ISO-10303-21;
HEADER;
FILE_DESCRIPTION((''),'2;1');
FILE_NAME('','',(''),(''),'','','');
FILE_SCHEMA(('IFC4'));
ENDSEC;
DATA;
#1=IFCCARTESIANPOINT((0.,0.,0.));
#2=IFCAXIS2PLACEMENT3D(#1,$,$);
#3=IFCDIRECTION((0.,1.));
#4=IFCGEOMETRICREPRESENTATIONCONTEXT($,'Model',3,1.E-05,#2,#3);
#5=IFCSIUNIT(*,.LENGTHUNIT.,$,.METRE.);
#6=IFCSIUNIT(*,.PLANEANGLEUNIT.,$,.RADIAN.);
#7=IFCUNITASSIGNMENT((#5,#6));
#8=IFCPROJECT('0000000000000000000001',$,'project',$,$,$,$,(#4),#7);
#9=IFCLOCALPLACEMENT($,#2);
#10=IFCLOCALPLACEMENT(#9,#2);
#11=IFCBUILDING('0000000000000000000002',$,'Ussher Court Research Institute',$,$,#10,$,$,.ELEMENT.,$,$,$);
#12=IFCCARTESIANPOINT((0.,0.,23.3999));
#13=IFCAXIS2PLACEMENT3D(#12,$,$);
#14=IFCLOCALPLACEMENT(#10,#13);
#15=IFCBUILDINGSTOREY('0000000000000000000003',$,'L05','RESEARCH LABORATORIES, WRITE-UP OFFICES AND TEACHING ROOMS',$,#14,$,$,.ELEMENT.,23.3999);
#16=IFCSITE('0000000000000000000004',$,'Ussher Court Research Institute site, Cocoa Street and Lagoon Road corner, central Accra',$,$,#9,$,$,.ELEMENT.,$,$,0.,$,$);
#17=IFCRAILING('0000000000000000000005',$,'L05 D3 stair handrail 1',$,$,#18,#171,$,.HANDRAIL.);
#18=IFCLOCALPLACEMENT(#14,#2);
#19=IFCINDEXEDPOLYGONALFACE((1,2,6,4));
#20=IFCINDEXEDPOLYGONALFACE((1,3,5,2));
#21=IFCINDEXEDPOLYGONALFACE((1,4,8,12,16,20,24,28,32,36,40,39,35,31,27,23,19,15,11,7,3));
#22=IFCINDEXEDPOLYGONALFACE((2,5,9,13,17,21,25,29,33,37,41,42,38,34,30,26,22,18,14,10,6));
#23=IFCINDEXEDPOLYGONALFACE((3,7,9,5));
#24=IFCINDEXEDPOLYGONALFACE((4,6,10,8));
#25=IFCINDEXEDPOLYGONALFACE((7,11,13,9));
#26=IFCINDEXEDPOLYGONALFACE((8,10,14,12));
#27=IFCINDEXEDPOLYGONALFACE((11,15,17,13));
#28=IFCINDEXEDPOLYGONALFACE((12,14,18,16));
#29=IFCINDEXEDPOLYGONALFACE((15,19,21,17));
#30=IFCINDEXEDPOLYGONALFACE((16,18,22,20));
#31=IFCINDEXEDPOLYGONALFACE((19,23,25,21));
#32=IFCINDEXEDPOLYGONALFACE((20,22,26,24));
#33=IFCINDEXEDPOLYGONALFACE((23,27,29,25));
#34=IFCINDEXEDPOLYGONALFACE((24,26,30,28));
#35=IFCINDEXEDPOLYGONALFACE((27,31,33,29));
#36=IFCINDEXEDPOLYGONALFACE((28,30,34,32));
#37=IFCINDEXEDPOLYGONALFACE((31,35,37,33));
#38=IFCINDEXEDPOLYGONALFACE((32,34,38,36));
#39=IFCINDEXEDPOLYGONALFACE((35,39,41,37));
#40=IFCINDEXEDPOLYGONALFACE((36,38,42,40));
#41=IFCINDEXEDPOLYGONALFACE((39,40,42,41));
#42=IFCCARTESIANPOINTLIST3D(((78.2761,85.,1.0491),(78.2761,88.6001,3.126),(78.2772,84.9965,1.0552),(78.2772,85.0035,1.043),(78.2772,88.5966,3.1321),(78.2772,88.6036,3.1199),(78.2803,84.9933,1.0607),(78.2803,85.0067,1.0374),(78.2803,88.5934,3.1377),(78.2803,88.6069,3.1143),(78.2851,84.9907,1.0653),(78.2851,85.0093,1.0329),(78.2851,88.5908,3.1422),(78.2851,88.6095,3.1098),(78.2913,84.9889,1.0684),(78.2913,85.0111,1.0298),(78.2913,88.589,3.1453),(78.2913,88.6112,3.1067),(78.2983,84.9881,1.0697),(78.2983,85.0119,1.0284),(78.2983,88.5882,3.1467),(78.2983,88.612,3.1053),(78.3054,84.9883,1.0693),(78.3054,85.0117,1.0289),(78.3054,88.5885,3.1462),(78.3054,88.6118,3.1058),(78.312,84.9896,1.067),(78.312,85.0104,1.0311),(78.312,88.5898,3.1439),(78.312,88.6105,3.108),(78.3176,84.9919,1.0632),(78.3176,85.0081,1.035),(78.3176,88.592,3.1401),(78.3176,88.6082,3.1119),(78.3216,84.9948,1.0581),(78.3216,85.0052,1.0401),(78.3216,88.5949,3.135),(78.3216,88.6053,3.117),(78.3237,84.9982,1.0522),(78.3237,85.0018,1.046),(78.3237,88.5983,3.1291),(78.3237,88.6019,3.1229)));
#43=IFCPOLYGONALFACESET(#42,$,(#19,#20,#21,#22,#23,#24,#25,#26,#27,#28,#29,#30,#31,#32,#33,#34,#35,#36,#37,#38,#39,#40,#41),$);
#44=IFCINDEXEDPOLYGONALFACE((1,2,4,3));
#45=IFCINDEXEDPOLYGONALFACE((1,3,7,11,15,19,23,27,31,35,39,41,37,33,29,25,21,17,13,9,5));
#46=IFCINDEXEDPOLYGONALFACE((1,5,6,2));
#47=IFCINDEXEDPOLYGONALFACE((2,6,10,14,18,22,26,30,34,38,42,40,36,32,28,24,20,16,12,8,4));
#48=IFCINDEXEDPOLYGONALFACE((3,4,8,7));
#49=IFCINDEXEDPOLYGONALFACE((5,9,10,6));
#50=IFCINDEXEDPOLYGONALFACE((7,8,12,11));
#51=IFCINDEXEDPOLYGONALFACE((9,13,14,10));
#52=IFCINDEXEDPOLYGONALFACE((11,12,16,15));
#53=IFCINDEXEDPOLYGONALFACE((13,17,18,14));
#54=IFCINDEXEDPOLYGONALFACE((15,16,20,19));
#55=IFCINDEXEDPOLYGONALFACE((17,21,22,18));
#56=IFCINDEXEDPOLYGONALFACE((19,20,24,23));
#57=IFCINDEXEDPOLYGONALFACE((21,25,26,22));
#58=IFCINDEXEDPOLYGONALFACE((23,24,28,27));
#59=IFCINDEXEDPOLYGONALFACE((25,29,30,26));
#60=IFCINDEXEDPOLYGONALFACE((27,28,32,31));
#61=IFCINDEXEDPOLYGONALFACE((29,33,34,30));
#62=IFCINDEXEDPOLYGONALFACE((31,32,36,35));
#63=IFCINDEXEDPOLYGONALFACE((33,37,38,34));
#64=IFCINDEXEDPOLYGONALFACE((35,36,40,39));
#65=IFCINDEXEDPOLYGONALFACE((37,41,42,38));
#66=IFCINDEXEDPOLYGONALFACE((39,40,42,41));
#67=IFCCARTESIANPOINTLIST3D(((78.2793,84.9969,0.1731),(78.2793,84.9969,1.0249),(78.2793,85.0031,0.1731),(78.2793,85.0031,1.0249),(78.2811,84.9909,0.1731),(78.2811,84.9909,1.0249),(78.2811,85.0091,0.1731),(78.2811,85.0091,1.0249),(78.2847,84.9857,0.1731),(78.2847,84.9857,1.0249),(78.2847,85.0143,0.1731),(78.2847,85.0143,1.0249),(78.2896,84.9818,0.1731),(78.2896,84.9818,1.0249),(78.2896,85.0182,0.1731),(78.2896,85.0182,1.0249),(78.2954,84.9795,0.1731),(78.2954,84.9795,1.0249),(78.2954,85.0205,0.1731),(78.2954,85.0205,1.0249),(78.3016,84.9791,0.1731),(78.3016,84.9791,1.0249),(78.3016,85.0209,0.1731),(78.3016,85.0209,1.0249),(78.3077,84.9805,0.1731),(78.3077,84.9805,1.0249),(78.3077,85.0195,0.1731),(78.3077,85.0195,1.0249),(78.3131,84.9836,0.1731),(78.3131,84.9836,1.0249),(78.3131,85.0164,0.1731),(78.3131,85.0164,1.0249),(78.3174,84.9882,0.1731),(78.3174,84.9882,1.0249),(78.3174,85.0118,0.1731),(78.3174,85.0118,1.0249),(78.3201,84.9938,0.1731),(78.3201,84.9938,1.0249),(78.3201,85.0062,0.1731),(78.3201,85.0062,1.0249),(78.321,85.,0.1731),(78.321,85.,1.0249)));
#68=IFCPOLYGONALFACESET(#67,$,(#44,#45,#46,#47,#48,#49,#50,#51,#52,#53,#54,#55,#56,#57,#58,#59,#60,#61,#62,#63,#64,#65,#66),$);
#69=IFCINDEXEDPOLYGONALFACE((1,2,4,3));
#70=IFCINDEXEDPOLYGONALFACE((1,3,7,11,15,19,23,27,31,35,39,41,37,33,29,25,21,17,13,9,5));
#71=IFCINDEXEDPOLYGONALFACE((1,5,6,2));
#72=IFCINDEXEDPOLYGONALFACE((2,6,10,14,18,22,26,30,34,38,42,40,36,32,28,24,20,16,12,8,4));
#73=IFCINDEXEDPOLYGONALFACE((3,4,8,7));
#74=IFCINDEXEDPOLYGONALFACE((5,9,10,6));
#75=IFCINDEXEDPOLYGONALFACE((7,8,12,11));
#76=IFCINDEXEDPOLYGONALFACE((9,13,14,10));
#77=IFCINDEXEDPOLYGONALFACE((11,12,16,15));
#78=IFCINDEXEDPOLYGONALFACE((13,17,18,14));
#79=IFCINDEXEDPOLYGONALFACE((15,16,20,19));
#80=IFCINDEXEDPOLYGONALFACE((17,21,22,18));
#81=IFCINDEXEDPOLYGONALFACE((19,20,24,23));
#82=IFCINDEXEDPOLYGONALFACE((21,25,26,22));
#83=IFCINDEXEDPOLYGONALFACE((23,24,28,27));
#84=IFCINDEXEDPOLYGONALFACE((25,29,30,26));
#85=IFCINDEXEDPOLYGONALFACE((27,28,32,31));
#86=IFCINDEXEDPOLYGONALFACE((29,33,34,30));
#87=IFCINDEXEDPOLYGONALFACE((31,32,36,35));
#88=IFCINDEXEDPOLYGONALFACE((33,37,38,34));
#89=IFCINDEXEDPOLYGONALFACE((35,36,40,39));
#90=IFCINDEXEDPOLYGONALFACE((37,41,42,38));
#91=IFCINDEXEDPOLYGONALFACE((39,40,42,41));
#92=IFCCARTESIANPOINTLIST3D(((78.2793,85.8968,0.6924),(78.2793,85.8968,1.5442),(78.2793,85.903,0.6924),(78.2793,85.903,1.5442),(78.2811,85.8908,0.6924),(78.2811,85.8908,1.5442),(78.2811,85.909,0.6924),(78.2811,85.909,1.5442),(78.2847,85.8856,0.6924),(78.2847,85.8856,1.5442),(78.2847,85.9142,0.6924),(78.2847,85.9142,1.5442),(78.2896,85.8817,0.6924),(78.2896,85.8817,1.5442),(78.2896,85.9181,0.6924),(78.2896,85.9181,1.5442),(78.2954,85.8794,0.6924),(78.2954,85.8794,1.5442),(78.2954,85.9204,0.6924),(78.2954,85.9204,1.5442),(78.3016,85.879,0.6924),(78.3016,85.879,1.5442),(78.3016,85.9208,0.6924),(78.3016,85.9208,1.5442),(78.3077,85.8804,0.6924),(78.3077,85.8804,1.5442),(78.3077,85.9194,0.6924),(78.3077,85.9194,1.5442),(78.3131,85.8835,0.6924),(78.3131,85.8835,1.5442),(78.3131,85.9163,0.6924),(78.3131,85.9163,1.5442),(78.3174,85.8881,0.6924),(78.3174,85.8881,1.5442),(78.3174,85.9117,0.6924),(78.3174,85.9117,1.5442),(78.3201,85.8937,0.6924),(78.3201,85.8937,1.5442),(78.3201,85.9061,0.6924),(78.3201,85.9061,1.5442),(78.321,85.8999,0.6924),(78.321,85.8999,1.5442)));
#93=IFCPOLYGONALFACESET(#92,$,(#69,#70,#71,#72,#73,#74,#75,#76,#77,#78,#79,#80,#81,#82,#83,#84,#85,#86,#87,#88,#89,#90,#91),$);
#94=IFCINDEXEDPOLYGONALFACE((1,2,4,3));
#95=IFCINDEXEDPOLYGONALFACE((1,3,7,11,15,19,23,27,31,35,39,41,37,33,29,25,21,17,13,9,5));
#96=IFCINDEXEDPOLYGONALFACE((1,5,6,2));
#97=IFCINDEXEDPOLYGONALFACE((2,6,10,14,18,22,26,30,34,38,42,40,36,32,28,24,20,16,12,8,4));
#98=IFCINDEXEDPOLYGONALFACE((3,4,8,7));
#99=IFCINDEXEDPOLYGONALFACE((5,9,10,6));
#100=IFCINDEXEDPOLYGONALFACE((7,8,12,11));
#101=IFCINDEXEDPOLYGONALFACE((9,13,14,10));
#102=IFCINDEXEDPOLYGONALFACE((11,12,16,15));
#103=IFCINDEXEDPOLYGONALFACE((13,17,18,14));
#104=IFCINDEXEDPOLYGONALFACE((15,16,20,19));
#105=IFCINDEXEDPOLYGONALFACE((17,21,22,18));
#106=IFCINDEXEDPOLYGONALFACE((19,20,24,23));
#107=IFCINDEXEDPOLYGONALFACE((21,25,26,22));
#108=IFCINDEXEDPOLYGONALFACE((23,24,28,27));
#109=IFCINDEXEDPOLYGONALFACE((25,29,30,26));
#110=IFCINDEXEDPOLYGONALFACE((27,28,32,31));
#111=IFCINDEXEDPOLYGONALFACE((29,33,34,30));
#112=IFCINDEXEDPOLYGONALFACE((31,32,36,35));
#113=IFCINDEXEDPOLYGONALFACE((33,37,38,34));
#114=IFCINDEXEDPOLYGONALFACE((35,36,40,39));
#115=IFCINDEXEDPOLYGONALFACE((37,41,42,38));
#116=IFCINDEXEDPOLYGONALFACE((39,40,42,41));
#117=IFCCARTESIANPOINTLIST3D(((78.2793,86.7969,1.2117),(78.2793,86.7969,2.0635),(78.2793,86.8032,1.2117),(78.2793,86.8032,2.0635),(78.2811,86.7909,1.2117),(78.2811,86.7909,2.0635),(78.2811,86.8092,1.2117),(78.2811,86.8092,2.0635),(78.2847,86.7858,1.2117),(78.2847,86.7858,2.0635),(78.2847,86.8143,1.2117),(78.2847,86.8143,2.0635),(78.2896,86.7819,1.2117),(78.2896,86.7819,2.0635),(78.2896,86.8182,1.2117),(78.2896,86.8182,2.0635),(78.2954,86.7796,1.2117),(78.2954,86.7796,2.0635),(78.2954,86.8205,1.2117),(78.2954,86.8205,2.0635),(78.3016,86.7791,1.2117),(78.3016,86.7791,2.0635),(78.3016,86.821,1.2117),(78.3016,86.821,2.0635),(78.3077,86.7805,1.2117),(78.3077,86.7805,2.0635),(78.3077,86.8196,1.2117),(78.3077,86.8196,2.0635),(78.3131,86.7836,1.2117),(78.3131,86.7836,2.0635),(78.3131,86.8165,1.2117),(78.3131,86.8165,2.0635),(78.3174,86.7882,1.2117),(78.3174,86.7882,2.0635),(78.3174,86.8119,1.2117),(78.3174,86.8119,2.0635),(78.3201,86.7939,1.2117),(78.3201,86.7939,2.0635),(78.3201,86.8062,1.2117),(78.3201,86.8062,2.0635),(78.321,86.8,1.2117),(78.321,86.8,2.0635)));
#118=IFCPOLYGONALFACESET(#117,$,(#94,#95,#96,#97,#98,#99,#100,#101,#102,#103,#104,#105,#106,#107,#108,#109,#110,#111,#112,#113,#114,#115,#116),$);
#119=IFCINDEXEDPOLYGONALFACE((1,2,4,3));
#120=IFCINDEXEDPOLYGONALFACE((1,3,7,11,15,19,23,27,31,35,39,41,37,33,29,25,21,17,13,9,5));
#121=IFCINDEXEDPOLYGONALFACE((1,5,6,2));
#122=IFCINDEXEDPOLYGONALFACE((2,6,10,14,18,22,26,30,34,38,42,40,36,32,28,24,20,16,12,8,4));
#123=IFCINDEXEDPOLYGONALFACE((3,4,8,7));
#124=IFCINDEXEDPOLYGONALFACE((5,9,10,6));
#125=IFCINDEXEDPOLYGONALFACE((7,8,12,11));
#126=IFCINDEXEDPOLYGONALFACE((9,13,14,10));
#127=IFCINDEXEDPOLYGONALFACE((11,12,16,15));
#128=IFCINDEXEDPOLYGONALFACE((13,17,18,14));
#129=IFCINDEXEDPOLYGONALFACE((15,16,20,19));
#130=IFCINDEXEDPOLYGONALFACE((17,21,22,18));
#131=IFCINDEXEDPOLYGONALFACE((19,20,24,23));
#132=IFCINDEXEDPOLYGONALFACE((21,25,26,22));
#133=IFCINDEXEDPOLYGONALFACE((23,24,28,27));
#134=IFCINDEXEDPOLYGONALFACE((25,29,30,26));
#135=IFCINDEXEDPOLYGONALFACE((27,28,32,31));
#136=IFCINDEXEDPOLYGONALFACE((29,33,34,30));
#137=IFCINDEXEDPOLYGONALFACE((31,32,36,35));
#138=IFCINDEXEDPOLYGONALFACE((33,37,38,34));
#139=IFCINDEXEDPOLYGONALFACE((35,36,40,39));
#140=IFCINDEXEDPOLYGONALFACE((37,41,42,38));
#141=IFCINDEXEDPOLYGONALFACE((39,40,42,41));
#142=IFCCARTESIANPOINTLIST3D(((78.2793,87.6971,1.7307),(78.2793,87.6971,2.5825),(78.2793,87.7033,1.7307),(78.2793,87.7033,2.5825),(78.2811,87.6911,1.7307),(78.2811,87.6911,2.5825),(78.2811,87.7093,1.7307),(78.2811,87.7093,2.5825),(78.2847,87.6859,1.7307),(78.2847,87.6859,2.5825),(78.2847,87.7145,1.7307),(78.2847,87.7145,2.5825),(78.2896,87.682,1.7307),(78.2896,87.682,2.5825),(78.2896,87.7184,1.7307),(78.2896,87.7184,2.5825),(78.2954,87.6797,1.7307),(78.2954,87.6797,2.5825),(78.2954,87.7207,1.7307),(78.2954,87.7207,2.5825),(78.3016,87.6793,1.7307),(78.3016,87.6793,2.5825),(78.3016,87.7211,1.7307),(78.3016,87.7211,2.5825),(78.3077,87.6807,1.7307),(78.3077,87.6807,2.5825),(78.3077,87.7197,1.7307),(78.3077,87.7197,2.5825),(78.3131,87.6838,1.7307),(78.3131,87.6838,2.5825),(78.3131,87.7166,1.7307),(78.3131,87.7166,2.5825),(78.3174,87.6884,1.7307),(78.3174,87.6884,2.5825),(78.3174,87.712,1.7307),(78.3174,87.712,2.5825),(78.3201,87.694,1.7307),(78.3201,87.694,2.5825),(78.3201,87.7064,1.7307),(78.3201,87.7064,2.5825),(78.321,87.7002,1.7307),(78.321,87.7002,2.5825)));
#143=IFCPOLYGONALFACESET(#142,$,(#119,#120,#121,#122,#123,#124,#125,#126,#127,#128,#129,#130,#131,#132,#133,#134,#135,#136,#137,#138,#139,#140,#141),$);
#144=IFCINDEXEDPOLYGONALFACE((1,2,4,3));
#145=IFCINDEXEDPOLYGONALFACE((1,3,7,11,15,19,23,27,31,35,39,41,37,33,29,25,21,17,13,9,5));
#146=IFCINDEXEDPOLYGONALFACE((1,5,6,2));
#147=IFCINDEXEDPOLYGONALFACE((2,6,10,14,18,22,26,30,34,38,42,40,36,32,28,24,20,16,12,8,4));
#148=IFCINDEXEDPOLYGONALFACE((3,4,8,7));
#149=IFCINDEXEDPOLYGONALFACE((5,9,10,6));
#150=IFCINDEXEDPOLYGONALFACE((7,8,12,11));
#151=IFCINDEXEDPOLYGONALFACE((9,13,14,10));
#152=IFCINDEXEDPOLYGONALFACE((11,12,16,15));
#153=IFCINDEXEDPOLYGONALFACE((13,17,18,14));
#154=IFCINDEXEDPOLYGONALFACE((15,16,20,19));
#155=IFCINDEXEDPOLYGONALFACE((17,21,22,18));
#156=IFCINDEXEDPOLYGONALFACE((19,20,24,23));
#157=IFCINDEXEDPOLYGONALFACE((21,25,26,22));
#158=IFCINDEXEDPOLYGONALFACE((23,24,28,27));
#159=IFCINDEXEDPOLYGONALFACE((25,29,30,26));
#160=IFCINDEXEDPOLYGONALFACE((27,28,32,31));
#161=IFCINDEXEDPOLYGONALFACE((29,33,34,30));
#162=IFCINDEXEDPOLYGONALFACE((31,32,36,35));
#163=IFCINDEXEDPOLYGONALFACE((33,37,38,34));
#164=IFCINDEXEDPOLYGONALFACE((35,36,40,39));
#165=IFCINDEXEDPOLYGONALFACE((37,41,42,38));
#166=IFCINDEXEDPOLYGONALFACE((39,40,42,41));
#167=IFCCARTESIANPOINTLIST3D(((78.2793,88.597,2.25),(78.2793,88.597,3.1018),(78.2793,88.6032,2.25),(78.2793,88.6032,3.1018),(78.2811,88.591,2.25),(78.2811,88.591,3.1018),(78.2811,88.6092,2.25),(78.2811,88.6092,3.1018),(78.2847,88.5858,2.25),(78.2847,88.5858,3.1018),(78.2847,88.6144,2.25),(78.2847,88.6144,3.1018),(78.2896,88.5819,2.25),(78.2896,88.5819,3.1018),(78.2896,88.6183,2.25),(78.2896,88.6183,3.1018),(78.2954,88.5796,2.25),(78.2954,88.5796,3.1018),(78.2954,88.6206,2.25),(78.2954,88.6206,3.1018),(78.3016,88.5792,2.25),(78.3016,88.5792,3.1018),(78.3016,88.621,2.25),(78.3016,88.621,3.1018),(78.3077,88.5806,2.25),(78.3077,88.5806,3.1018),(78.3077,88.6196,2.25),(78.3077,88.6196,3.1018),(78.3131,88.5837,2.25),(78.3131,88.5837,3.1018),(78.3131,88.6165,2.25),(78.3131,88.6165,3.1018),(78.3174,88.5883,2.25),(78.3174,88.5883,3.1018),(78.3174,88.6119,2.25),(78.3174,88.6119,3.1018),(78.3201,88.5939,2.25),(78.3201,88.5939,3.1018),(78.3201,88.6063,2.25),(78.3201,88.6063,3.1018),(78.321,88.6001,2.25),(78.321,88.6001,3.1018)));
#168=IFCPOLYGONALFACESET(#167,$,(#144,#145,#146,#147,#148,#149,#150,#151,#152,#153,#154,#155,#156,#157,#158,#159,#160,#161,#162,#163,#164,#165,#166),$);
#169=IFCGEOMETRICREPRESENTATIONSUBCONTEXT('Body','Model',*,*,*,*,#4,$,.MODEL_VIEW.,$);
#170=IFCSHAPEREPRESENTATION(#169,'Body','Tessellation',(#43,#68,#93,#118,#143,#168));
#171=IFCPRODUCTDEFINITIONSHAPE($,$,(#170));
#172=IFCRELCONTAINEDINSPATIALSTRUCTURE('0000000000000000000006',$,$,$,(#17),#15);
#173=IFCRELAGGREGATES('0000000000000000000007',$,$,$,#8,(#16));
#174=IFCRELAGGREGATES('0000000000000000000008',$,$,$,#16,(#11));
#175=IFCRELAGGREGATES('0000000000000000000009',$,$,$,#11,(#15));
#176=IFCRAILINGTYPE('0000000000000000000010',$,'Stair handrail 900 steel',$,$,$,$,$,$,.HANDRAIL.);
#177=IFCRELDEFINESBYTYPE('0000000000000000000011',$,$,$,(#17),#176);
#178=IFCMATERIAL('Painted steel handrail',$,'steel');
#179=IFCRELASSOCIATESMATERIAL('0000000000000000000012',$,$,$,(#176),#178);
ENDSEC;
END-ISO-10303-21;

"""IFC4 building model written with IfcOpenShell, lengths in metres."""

from ifc_helpers import new_model, si_unit, direction, frame, origin, origin_2d, place, context, subcontext, project, spatial, circle, extrude, material, type_object, element, save


model = new_model("IFC4")

# Units and contexts
model_context = context("Model", 3, precision=1e-05, world=origin(), true_north=direction((0.0, 1.0)))
body_context = subcontext(model_context, "Body", "Model", "MODEL_VIEW")
ifc_project = project(units=[si_unit("LENGTHUNIT", "METRE"), si_unit("PLANEANGLEUNIT", "RADIAN")], contexts=[model_context])

# Site, building, storey
site_placement = place(None, origin())
site = spatial("IfcSite", under=ifc_project, at=site_placement, Name="Ussher Court Research Institute site, Cocoa Street and Lagoon Road corner, central Accra", CompositionType="ELEMENT", RefElevation=0.0)
building_placement = place(site_placement, origin())
building = spatial("IfcBuilding", under=site, at=building_placement, Name="Ussher Court Research Institute", CompositionType="ELEMENT")
storey_placement = place(building_placement, frame((0.0, 0.0, 23.3999)))
storey = spatial("IfcBuildingStorey", under=building, at=storey_placement, Name="L05", Description="RESEARCH LABORATORIES, WRITE-UP OFFICES AND TEACHING ROOMS", CompositionType="ELEMENT", Elevation=23.3999)

# Railing
ifc_material_1 = material(Name="Painted steel handrail", Category="steel")
railing_type_1 = type_object("IfcRailingType", Name="Stair handrail 900 steel", PredefinedType="HANDRAIL", material=ifc_material_1)
railing_1_placement = place(storey_placement, frame((78.3, 85.0, 0.1731)))
element("IfcRailing", 1, at=railing_1_placement, inside=storey, type_object=railing_type_1, Name="L05 D3 stair handrail 1", PredefinedType="HANDRAIL", context=body_context, shape_type="SweptSolid", body=[
    extrude(circle(Radius=0.0239, at=origin_2d()), frame((0.0, 0.0, 0.876), z_axis=(0.0, 0.866193, 0.499709), x_axis=(-1.0, 0.0, 0.0)), (0.0, 0.0, 1.0), 4.1562),
    extrude(circle(Radius=0.021, at=origin_2d()), origin(), (0.0, 0.0, 1.0), 0.8518),
    extrude(circle(Radius=0.021, at=origin_2d()), frame((0.0, 0.8999, 0.5193)), (0.0, 0.0, 1.0), 0.8518),
    extrude(circle(Radius=0.021, at=origin_2d()), frame((0.0, 1.8, 1.0386)), (0.0, 0.0, 1.0), 0.8518),
    extrude(circle(Radius=0.021, at=origin_2d()), frame((0.0, 2.7002, 1.5576)), (0.0, 0.0, 1.0), 0.8518),
    extrude(circle(Radius=0.021, at=origin_2d()), frame((0.0, 3.6001, 2.0769)), (0.0, 0.0, 1.0), 0.8518),
])

save(model, "model.ifc")
